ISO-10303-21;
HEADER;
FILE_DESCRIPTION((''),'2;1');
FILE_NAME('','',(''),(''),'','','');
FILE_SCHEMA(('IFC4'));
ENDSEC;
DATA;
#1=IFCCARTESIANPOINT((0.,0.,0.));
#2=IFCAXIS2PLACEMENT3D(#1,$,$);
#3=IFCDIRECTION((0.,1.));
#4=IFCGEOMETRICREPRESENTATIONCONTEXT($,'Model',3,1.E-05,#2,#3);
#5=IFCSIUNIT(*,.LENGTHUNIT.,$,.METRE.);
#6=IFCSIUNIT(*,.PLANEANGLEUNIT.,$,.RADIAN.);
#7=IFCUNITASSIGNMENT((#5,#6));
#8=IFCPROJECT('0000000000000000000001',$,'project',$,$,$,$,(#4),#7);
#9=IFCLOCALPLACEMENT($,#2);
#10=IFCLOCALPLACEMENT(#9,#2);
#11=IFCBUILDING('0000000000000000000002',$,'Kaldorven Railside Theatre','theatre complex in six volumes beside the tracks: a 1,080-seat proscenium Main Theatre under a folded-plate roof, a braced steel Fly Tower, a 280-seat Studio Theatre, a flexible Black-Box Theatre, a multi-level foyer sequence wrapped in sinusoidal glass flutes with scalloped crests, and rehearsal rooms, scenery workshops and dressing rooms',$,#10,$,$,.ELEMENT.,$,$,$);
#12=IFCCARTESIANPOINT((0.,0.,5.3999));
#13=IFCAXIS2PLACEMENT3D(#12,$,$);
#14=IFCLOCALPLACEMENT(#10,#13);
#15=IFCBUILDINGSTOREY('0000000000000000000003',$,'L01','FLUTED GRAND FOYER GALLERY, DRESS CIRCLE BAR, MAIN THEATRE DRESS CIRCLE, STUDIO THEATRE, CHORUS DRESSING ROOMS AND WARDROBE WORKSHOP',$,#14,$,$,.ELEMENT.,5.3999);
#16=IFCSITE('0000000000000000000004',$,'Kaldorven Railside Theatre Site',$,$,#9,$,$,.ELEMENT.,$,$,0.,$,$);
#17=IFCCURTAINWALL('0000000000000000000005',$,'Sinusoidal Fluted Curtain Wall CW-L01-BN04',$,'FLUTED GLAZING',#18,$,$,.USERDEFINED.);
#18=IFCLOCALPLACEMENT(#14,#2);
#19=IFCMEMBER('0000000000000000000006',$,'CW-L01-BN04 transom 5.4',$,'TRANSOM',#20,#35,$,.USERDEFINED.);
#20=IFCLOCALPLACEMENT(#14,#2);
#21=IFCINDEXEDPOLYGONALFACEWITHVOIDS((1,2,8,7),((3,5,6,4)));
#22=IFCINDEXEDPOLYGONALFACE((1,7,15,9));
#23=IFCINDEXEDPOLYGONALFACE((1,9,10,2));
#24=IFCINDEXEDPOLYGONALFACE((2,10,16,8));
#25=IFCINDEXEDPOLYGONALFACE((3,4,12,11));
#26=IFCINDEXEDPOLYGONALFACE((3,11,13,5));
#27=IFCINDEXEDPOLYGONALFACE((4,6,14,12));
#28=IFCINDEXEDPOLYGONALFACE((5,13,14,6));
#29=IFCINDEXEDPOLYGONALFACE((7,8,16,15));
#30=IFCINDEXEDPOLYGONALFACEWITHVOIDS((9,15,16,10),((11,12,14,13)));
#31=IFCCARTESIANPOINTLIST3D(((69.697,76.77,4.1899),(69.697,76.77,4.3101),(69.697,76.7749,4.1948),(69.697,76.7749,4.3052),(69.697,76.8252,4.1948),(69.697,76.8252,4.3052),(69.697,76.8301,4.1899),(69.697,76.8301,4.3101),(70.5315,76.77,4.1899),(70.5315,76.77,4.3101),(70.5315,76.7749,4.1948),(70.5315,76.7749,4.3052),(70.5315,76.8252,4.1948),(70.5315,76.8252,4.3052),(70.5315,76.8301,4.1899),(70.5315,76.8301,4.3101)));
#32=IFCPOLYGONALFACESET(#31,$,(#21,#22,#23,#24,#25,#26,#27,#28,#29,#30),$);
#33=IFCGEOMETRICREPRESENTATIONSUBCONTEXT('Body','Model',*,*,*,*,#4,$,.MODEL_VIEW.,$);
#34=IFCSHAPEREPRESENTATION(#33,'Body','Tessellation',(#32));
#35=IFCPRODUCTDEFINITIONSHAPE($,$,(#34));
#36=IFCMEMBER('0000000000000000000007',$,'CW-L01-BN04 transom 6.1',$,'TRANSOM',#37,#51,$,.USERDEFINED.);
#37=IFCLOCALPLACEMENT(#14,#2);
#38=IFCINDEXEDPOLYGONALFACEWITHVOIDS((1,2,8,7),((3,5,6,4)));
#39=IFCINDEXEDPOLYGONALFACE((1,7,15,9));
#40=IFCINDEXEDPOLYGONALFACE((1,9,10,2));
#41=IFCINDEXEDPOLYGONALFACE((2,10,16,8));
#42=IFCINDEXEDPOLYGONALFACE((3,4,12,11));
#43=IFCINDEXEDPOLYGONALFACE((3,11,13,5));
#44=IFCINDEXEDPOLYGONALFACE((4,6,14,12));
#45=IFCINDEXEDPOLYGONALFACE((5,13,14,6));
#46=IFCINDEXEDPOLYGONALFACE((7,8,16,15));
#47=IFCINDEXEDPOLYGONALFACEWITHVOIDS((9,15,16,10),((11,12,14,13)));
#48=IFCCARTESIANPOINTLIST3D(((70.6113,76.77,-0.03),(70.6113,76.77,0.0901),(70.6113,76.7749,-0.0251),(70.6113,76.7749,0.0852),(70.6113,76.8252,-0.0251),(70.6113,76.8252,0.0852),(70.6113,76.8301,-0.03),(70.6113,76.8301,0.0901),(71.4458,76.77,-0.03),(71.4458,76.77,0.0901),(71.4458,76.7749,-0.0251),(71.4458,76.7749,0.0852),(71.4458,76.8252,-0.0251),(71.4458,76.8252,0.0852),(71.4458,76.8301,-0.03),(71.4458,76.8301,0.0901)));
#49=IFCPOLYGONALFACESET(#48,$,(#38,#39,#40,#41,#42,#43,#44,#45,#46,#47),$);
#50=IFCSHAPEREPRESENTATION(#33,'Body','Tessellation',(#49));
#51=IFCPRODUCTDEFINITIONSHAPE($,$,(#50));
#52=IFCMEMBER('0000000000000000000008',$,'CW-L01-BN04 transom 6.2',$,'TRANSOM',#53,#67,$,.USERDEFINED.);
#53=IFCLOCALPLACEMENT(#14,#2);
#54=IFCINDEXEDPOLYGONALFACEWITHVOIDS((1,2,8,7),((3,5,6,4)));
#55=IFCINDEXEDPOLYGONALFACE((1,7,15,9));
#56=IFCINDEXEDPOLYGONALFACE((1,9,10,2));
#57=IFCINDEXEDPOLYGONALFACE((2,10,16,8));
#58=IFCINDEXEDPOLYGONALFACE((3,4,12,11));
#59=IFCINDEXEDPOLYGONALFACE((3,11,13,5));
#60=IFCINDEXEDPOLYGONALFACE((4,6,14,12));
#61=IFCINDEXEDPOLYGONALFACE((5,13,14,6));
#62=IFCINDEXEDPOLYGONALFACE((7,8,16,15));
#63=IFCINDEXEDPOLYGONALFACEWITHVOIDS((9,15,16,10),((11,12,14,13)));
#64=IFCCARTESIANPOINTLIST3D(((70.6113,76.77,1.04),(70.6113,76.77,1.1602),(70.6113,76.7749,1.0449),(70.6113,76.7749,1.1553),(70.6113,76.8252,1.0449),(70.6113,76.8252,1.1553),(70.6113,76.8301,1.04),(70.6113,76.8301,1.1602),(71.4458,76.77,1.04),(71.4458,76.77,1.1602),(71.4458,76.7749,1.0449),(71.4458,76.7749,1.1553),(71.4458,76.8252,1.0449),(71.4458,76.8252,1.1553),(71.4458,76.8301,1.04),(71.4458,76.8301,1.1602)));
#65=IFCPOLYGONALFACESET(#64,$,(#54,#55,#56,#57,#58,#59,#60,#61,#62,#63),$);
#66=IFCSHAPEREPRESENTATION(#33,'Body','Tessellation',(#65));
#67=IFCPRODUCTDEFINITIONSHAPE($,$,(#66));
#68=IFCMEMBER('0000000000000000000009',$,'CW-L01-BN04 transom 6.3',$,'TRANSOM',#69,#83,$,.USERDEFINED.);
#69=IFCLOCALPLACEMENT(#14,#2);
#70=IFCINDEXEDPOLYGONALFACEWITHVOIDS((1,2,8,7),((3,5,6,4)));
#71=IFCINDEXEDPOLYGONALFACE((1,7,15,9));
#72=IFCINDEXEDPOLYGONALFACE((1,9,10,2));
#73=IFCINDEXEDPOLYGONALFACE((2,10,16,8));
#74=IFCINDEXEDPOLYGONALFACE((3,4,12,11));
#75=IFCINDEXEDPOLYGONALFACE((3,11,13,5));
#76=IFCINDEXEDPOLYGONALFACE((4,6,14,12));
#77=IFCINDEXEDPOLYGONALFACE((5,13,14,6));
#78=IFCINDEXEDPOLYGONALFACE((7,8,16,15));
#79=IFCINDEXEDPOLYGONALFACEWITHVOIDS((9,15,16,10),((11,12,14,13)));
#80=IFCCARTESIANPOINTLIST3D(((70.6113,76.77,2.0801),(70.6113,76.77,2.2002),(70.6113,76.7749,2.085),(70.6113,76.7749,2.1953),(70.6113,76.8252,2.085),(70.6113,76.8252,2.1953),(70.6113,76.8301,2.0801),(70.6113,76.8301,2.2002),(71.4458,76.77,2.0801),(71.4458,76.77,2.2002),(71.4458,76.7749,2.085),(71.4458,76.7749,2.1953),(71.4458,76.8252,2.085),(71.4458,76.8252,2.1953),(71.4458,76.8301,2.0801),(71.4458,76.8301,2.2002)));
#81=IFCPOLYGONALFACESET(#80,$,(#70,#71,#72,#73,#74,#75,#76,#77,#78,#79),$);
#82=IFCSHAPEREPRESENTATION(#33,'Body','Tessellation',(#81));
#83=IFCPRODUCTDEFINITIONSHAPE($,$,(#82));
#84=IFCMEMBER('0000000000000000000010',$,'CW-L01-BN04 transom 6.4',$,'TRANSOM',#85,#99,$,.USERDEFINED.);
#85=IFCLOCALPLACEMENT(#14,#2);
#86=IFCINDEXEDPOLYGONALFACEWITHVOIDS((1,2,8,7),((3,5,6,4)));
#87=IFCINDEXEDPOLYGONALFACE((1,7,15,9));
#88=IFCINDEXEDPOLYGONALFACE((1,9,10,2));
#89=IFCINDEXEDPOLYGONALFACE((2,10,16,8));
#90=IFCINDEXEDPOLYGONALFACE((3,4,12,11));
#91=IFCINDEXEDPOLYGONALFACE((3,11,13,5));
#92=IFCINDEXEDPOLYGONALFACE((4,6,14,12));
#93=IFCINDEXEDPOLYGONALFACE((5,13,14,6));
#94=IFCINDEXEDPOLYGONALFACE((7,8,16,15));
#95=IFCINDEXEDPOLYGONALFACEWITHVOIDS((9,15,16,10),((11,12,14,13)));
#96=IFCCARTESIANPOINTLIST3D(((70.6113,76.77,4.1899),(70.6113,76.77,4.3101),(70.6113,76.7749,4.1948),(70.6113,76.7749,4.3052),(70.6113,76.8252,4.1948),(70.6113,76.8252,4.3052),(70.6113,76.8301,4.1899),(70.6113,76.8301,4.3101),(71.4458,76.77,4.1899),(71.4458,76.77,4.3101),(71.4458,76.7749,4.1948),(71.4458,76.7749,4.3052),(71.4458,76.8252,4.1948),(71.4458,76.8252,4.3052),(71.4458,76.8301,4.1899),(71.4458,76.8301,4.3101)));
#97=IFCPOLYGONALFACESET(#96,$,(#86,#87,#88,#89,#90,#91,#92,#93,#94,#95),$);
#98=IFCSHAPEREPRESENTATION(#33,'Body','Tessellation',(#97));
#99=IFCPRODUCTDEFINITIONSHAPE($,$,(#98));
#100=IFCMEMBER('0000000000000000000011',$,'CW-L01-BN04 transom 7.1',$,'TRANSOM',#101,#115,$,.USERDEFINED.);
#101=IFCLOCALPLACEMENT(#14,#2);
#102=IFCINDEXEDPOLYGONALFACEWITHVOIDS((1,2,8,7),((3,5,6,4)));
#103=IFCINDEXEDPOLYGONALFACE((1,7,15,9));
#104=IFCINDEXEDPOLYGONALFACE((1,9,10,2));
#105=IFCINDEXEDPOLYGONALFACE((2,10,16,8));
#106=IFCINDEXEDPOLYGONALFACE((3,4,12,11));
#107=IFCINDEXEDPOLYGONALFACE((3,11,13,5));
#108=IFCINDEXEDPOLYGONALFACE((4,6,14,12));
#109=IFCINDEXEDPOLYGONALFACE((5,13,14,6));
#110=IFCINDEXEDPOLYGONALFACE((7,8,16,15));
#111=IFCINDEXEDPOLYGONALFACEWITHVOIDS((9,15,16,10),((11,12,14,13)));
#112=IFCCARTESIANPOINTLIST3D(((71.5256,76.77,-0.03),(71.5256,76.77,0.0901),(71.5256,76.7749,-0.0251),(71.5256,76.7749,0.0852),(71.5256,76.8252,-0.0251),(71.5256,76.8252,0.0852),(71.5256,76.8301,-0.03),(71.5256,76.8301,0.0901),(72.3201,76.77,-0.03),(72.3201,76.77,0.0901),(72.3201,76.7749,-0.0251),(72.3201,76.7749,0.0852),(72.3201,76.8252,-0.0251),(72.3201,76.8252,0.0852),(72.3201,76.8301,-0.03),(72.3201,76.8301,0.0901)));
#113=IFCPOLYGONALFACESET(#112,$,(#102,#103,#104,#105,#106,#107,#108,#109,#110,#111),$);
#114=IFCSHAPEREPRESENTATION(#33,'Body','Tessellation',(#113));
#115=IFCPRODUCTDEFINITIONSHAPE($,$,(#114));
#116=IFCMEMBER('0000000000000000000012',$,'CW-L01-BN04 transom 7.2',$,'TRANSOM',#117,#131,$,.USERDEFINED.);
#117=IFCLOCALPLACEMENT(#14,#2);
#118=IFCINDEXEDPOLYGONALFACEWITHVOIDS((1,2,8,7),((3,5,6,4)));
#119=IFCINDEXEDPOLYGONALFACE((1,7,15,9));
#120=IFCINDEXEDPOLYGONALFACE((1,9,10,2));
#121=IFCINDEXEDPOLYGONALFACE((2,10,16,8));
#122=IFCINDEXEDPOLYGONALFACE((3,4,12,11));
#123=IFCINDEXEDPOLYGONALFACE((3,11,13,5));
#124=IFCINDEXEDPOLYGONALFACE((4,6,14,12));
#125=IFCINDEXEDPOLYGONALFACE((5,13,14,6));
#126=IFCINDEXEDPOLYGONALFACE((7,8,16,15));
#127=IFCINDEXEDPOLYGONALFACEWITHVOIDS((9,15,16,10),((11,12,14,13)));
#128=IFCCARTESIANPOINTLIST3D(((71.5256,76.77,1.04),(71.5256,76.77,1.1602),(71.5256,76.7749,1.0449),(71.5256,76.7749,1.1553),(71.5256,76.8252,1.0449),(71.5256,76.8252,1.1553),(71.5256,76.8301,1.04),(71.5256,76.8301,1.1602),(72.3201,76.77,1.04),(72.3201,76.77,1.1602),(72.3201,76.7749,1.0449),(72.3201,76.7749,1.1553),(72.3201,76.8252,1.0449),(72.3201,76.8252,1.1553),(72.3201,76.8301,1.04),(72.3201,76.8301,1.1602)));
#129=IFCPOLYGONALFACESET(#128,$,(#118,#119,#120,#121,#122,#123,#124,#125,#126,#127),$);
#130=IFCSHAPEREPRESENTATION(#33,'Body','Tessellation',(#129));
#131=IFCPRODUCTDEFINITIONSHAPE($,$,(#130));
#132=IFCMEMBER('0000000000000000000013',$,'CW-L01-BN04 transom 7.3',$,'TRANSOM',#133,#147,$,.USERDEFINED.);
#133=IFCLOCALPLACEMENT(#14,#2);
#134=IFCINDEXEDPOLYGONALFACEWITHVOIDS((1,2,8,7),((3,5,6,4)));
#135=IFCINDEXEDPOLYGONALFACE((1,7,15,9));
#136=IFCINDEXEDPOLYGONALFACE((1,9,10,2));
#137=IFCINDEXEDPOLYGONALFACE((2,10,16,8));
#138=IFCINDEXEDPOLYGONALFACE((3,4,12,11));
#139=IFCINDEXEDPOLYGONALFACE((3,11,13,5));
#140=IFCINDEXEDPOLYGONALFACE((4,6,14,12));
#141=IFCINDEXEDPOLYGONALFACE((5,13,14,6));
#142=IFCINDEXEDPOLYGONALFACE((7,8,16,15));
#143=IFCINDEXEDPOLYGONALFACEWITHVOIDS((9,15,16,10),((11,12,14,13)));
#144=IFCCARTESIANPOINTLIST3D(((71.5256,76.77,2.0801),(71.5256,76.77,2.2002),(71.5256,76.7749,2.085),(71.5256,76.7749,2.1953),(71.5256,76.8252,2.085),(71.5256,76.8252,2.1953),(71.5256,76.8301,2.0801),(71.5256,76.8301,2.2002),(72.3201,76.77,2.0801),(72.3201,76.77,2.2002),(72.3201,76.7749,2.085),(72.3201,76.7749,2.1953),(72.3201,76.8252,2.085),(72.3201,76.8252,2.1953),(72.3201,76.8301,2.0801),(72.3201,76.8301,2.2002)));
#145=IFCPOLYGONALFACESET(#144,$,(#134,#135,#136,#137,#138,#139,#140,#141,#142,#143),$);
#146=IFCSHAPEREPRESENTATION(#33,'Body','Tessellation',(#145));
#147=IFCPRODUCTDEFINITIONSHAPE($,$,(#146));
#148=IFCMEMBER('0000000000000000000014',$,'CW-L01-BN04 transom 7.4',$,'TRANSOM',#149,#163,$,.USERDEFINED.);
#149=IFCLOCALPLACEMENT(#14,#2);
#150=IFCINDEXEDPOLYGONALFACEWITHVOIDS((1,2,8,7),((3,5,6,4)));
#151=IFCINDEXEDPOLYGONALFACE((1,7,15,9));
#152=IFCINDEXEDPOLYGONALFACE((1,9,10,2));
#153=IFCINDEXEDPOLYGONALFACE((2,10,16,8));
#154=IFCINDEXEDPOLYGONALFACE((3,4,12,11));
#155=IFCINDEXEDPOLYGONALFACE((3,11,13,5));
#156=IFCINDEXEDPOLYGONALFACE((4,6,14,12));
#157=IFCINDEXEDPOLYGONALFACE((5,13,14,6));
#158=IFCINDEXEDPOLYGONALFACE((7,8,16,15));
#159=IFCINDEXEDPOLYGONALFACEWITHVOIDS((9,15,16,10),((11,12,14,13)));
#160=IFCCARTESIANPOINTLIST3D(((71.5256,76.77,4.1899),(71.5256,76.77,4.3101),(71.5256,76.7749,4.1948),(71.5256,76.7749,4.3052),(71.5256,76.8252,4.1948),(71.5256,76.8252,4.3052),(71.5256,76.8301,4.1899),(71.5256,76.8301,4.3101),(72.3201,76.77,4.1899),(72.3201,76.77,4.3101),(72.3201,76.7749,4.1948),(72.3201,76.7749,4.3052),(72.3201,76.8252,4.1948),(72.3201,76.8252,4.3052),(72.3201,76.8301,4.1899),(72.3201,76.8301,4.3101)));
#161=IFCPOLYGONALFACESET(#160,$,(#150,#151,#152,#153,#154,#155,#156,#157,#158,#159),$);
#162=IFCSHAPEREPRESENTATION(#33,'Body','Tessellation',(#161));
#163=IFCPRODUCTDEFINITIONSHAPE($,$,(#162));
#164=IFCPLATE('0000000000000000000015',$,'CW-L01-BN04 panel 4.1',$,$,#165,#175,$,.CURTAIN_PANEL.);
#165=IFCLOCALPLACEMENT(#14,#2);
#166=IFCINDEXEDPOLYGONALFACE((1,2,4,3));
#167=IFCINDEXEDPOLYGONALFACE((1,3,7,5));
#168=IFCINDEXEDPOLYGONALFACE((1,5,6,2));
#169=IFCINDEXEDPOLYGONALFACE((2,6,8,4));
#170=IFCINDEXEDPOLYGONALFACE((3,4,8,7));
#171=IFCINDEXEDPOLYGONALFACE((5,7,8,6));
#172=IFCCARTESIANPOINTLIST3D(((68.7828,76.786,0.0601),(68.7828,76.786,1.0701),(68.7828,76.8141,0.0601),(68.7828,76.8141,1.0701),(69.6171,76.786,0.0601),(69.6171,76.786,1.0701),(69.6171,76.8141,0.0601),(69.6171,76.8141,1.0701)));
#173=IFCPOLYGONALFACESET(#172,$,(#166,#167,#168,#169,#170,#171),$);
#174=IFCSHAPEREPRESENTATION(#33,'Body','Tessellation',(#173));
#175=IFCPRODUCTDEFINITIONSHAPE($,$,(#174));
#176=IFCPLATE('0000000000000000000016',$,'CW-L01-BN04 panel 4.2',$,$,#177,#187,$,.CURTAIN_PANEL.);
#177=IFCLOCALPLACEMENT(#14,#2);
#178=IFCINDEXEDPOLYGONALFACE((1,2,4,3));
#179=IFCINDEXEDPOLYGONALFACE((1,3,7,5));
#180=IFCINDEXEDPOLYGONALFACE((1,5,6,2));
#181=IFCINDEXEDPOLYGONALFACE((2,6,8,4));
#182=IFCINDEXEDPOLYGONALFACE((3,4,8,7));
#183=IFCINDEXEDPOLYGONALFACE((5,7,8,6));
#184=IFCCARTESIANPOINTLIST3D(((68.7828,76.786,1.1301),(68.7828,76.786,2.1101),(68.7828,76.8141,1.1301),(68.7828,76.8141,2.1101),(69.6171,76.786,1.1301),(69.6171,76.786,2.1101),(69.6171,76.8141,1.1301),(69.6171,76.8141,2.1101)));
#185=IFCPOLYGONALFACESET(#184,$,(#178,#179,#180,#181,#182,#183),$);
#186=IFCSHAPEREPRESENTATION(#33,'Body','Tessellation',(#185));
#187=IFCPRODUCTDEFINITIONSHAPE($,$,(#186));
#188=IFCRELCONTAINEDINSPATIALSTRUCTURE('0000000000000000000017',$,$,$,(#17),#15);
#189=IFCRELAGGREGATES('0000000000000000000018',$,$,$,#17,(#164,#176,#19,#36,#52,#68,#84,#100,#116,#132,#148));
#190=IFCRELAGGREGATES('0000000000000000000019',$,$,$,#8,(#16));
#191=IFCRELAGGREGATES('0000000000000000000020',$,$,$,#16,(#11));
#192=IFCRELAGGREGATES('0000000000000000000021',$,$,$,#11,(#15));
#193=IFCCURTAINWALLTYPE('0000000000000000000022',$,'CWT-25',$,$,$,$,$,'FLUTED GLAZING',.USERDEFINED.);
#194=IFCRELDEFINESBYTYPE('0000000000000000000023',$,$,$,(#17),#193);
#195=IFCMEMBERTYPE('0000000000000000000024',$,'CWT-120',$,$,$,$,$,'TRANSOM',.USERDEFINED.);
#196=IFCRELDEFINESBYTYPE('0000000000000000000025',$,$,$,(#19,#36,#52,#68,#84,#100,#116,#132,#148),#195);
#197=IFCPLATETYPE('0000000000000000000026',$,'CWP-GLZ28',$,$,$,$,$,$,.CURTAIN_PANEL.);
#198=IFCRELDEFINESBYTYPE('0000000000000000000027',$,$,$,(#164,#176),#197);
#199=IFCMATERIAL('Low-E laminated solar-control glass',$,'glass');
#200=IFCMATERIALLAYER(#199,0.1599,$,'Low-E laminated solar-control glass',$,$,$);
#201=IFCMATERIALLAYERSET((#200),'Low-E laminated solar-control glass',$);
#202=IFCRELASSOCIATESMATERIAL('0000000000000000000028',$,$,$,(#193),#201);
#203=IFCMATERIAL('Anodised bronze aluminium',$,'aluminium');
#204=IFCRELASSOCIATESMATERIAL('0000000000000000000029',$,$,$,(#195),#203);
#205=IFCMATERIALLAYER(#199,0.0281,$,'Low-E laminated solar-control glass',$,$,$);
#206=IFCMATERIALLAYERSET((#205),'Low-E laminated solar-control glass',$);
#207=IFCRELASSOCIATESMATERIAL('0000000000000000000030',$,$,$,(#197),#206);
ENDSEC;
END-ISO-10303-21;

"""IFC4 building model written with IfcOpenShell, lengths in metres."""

from ifc_helpers import new_model, si_unit, direction, frame, origin, origin_2d, place, context, subcontext, project, spatial, rectangle, hollow_rectangle, extrude, material, layer, layer_set, material_profile, profile_set, type_object, element, aggregate, save


model = new_model("IFC4")

# Units and contexts
model_context = context("Model", 3, precision=1e-05, world=origin(), true_north=direction((0.0, 1.0)))
body_context = subcontext(model_context, "Body", "Model", "MODEL_VIEW")
ifc_project = project(units=[si_unit("LENGTHUNIT", "METRE"), si_unit("PLANEANGLEUNIT", "RADIAN")], contexts=[model_context])

# Site, building, storey
site_placement = place(None, origin())
site = spatial("IfcSite", under=ifc_project, at=site_placement, Name="Kaldorven Railside Theatre Site", CompositionType="ELEMENT", RefElevation=0.0)
building_placement = place(site_placement, origin())
building = spatial("IfcBuilding", under=site, at=building_placement, Name="Kaldorven Railside Theatre", Description="theatre complex in six volumes beside the tracks: a 1,080-seat proscenium Main Theatre under a folded-plate roof, a braced steel Fly Tower, a 280-seat Studio Theatre, a flexible Black-Box Theatre, a multi-level foyer sequence wrapped in sinusoidal glass flutes with scalloped crests, and rehearsal rooms, scenery workshops and dressing rooms", CompositionType="ELEMENT")
storey_placement = place(building_placement, frame((0.0, 0.0, 5.3999)))
storey = spatial("IfcBuildingStorey", under=building, at=storey_placement, Name="L01", Description="FLUTED GRAND FOYER GALLERY, DRESS CIRCLE BAR, MAIN THEATRE DRESS CIRCLE, STUDIO THEATRE, CHORUS DRESSING ROOMS AND WARDROBE WORKSHOP", CompositionType="ELEMENT", Elevation=5.3999)

# Curtain wall, members, plates
ifc_material_1 = material(Name="Low-E laminated solar-control glass", Category="glass")
ifc_layer_1 = layer(ifc_material_1, 0.1599, Name="Low-E laminated solar-control glass")
ifc_layer_set_1 = layer_set([ifc_layer_1], Name="Low-E laminated solar-control glass")
curtain_wall_type = type_object("IfcCurtainWallType", Name="CWT-25", ElementType="FLUTED GLAZING", PredefinedType="USERDEFINED", material=ifc_layer_set_1)
curtain_wall_placement = place(storey_placement, origin())
curtain_wall = element("IfcCurtainWall", 1, at=curtain_wall_placement, inside=storey, type_object=curtain_wall_type, Name="Sinusoidal Fluted Curtain Wall CW-L01-BN04", ObjectType="FLUTED GLAZING", PredefinedType="USERDEFINED")
ifc_material_2 = material(Name="Anodised bronze aluminium", Category="aluminium")
ifc_material_profile_1 = material_profile(ifc_material_2, hollow_rectangle(XDim=0.0601, YDim=0.1201, WallThickness=0.0049, at=origin_2d()), Name="RHS 120x60x5")
ifc_profile_set_1 = profile_set([ifc_material_profile_1], Name="Anodised bronze aluminium")
member_type_1 = type_object("IfcMemberType", Name="CWT-120", ElementType="TRANSOM", PredefinedType="USERDEFINED", material=ifc_profile_set_1)
member_1_placement = place(storey_placement, frame((69.697, 76.8, 4.25), z_axis=(1.0, 0.0, 0.0), x_axis=(0.0, 1.0, 0.0)))
member_1 = element("IfcMember", 2, at=member_1_placement, type_object=member_type_1, Name="CW-L01-BN04 transom 5.4", ObjectType="TRANSOM", PredefinedType="USERDEFINED", context=body_context, shape_type="SweptSolid", body=[
    extrude(hollow_rectangle(XDim=0.0601, YDim=0.1201, WallThickness=0.0049, at=origin_2d()), origin(), (0.0, 0.0, 1.0), 0.8345),
])
member_2_placement = place(storey_placement, frame((70.6113, 76.8, 0.03), z_axis=(1.0, 0.0, 0.0), x_axis=(0.0, 1.0, 0.0)))
member_2 = element("IfcMember", 3, at=member_2_placement, type_object=member_type_1, Name="CW-L01-BN04 transom 6.1", ObjectType="TRANSOM", PredefinedType="USERDEFINED", context=body_context, shape_type="SweptSolid", body=[
    extrude(hollow_rectangle(XDim=0.0601, YDim=0.1201, WallThickness=0.0049, at=origin_2d()), origin(), (0.0, 0.0, 1.0), 0.8345),
])
member_3_placement = place(storey_placement, frame((70.6113, 76.8, 1.1001), z_axis=(1.0, 0.0, 0.0), x_axis=(0.0, 1.0, 0.0)))
member_3 = element("IfcMember", 4, at=member_3_placement, type_object=member_type_1, Name="CW-L01-BN04 transom 6.2", ObjectType="TRANSOM", PredefinedType="USERDEFINED", context=body_context, shape_type="SweptSolid", body=[
    extrude(hollow_rectangle(XDim=0.0601, YDim=0.1201, WallThickness=0.0049, at=origin_2d()), origin(), (0.0, 0.0, 1.0), 0.8345),
])
member_4_placement = place(storey_placement, frame((70.6113, 76.8, 2.1401), z_axis=(1.0, 0.0, 0.0), x_axis=(0.0, 1.0, 0.0)))
member_4 = element("IfcMember", 5, at=member_4_placement, type_object=member_type_1, Name="CW-L01-BN04 transom 6.3", ObjectType="TRANSOM", PredefinedType="USERDEFINED", context=body_context, shape_type="SweptSolid", body=[
    extrude(hollow_rectangle(XDim=0.0601, YDim=0.1201, WallThickness=0.0049, at=origin_2d()), origin(), (0.0, 0.0, 1.0), 0.8345),
])
member_5_placement = place(storey_placement, frame((70.6113, 76.8, 4.25), z_axis=(1.0, 0.0, 0.0), x_axis=(0.0, 1.0, 0.0)))
member_5 = element("IfcMember", 6, at=member_5_placement, type_object=member_type_1, Name="CW-L01-BN04 transom 6.4", ObjectType="TRANSOM", PredefinedType="USERDEFINED", context=body_context, shape_type="SweptSolid", body=[
    extrude(hollow_rectangle(XDim=0.0601, YDim=0.1201, WallThickness=0.0049, at=origin_2d()), origin(), (0.0, 0.0, 1.0), 0.8345),
])
member_6_placement = place(storey_placement, frame((71.5256, 76.8, 0.03), z_axis=(1.0, 0.0, 0.0), x_axis=(0.0, 1.0, 0.0)))
member_6 = element("IfcMember", 7, at=member_6_placement, type_object=member_type_1, Name="CW-L01-BN04 transom 7.1", ObjectType="TRANSOM", PredefinedType="USERDEFINED", context=body_context, shape_type="SweptSolid", body=[
    extrude(hollow_rectangle(XDim=0.0601, YDim=0.1201, WallThickness=0.0049, at=origin_2d()), origin(), (0.0, 0.0, 1.0), 0.7944),
])
member_7_placement = place(storey_placement, frame((71.5256, 76.8, 1.1001), z_axis=(1.0, 0.0, 0.0), x_axis=(0.0, 1.0, 0.0)))
member_7 = element("IfcMember", 8, at=member_7_placement, type_object=member_type_1, Name="CW-L01-BN04 transom 7.2", ObjectType="TRANSOM", PredefinedType="USERDEFINED", context=body_context, shape_type="SweptSolid", body=[
    extrude(hollow_rectangle(XDim=0.0601, YDim=0.1201, WallThickness=0.0049, at=origin_2d()), origin(), (0.0, 0.0, 1.0), 0.7944),
])
member_8_placement = place(storey_placement, frame((71.5256, 76.8, 2.1401), z_axis=(1.0, 0.0, 0.0), x_axis=(0.0, 1.0, 0.0)))
member_8 = element("IfcMember", 9, at=member_8_placement, type_object=member_type_1, Name="CW-L01-BN04 transom 7.3", ObjectType="TRANSOM", PredefinedType="USERDEFINED", context=body_context, shape_type="SweptSolid", body=[
    extrude(hollow_rectangle(XDim=0.0601, YDim=0.1201, WallThickness=0.0049, at=origin_2d()), origin(), (0.0, 0.0, 1.0), 0.7944),
])
member_9_placement = place(storey_placement, frame((71.5256, 76.8, 4.25), z_axis=(1.0, 0.0, 0.0), x_axis=(0.0, 1.0, 0.0)))
member_9 = element("IfcMember", 10, at=member_9_placement, type_object=member_type_1, Name="CW-L01-BN04 transom 7.4", ObjectType="TRANSOM", PredefinedType="USERDEFINED", context=body_context, shape_type="SweptSolid", body=[
    extrude(hollow_rectangle(XDim=0.0601, YDim=0.1201, WallThickness=0.0049, at=origin_2d()), origin(), (0.0, 0.0, 1.0), 0.7944),
])
ifc_layer_2 = layer(ifc_material_1, 0.0281, Name="Low-E laminated solar-control glass")
ifc_layer_set_2 = layer_set([ifc_layer_2], Name="Low-E laminated solar-control glass")
plate_type = type_object("IfcPlateType", Name="CWP-GLZ28", PredefinedType="CURTAIN_PANEL", material=ifc_layer_set_2)
plate_1_placement = place(storey_placement, frame((69.2, 76.8, 0.0601), z_axis=(0.0, 0.0, 1.0), x_axis=(1.0, 0.0, 0.0)))
plate_1 = element("IfcPlate", 11, at=plate_1_placement, type_object=plate_type, Name="CW-L01-BN04 panel 4.1", PredefinedType="CURTAIN_PANEL", context=body_context, shape_type="SweptSolid", body=[
    extrude(rectangle(XDim=0.8342, YDim=0.0281, at=origin_2d()), origin(), (0.0, 0.0, 1.0), 1.01),
])
plate_2_placement = place(storey_placement, frame((69.2, 76.8, 1.1301), z_axis=(0.0, 0.0, 1.0), x_axis=(1.0, 0.0, 0.0)))
plate_2 = element("IfcPlate", 12, at=plate_2_placement, type_object=plate_type, Name="CW-L01-BN04 panel 4.2", PredefinedType="CURTAIN_PANEL", context=body_context, shape_type="SweptSolid", body=[
    extrude(rectangle(XDim=0.8342, YDim=0.0281, at=origin_2d()), origin(), (0.0, 0.0, 1.0), 0.98),
])
aggregate(curtain_wall, [plate_1, plate_2, member_1, member_2, member_3, member_4, member_5, member_6, member_7, member_8, member_9])

save(model, "model.ifc")
